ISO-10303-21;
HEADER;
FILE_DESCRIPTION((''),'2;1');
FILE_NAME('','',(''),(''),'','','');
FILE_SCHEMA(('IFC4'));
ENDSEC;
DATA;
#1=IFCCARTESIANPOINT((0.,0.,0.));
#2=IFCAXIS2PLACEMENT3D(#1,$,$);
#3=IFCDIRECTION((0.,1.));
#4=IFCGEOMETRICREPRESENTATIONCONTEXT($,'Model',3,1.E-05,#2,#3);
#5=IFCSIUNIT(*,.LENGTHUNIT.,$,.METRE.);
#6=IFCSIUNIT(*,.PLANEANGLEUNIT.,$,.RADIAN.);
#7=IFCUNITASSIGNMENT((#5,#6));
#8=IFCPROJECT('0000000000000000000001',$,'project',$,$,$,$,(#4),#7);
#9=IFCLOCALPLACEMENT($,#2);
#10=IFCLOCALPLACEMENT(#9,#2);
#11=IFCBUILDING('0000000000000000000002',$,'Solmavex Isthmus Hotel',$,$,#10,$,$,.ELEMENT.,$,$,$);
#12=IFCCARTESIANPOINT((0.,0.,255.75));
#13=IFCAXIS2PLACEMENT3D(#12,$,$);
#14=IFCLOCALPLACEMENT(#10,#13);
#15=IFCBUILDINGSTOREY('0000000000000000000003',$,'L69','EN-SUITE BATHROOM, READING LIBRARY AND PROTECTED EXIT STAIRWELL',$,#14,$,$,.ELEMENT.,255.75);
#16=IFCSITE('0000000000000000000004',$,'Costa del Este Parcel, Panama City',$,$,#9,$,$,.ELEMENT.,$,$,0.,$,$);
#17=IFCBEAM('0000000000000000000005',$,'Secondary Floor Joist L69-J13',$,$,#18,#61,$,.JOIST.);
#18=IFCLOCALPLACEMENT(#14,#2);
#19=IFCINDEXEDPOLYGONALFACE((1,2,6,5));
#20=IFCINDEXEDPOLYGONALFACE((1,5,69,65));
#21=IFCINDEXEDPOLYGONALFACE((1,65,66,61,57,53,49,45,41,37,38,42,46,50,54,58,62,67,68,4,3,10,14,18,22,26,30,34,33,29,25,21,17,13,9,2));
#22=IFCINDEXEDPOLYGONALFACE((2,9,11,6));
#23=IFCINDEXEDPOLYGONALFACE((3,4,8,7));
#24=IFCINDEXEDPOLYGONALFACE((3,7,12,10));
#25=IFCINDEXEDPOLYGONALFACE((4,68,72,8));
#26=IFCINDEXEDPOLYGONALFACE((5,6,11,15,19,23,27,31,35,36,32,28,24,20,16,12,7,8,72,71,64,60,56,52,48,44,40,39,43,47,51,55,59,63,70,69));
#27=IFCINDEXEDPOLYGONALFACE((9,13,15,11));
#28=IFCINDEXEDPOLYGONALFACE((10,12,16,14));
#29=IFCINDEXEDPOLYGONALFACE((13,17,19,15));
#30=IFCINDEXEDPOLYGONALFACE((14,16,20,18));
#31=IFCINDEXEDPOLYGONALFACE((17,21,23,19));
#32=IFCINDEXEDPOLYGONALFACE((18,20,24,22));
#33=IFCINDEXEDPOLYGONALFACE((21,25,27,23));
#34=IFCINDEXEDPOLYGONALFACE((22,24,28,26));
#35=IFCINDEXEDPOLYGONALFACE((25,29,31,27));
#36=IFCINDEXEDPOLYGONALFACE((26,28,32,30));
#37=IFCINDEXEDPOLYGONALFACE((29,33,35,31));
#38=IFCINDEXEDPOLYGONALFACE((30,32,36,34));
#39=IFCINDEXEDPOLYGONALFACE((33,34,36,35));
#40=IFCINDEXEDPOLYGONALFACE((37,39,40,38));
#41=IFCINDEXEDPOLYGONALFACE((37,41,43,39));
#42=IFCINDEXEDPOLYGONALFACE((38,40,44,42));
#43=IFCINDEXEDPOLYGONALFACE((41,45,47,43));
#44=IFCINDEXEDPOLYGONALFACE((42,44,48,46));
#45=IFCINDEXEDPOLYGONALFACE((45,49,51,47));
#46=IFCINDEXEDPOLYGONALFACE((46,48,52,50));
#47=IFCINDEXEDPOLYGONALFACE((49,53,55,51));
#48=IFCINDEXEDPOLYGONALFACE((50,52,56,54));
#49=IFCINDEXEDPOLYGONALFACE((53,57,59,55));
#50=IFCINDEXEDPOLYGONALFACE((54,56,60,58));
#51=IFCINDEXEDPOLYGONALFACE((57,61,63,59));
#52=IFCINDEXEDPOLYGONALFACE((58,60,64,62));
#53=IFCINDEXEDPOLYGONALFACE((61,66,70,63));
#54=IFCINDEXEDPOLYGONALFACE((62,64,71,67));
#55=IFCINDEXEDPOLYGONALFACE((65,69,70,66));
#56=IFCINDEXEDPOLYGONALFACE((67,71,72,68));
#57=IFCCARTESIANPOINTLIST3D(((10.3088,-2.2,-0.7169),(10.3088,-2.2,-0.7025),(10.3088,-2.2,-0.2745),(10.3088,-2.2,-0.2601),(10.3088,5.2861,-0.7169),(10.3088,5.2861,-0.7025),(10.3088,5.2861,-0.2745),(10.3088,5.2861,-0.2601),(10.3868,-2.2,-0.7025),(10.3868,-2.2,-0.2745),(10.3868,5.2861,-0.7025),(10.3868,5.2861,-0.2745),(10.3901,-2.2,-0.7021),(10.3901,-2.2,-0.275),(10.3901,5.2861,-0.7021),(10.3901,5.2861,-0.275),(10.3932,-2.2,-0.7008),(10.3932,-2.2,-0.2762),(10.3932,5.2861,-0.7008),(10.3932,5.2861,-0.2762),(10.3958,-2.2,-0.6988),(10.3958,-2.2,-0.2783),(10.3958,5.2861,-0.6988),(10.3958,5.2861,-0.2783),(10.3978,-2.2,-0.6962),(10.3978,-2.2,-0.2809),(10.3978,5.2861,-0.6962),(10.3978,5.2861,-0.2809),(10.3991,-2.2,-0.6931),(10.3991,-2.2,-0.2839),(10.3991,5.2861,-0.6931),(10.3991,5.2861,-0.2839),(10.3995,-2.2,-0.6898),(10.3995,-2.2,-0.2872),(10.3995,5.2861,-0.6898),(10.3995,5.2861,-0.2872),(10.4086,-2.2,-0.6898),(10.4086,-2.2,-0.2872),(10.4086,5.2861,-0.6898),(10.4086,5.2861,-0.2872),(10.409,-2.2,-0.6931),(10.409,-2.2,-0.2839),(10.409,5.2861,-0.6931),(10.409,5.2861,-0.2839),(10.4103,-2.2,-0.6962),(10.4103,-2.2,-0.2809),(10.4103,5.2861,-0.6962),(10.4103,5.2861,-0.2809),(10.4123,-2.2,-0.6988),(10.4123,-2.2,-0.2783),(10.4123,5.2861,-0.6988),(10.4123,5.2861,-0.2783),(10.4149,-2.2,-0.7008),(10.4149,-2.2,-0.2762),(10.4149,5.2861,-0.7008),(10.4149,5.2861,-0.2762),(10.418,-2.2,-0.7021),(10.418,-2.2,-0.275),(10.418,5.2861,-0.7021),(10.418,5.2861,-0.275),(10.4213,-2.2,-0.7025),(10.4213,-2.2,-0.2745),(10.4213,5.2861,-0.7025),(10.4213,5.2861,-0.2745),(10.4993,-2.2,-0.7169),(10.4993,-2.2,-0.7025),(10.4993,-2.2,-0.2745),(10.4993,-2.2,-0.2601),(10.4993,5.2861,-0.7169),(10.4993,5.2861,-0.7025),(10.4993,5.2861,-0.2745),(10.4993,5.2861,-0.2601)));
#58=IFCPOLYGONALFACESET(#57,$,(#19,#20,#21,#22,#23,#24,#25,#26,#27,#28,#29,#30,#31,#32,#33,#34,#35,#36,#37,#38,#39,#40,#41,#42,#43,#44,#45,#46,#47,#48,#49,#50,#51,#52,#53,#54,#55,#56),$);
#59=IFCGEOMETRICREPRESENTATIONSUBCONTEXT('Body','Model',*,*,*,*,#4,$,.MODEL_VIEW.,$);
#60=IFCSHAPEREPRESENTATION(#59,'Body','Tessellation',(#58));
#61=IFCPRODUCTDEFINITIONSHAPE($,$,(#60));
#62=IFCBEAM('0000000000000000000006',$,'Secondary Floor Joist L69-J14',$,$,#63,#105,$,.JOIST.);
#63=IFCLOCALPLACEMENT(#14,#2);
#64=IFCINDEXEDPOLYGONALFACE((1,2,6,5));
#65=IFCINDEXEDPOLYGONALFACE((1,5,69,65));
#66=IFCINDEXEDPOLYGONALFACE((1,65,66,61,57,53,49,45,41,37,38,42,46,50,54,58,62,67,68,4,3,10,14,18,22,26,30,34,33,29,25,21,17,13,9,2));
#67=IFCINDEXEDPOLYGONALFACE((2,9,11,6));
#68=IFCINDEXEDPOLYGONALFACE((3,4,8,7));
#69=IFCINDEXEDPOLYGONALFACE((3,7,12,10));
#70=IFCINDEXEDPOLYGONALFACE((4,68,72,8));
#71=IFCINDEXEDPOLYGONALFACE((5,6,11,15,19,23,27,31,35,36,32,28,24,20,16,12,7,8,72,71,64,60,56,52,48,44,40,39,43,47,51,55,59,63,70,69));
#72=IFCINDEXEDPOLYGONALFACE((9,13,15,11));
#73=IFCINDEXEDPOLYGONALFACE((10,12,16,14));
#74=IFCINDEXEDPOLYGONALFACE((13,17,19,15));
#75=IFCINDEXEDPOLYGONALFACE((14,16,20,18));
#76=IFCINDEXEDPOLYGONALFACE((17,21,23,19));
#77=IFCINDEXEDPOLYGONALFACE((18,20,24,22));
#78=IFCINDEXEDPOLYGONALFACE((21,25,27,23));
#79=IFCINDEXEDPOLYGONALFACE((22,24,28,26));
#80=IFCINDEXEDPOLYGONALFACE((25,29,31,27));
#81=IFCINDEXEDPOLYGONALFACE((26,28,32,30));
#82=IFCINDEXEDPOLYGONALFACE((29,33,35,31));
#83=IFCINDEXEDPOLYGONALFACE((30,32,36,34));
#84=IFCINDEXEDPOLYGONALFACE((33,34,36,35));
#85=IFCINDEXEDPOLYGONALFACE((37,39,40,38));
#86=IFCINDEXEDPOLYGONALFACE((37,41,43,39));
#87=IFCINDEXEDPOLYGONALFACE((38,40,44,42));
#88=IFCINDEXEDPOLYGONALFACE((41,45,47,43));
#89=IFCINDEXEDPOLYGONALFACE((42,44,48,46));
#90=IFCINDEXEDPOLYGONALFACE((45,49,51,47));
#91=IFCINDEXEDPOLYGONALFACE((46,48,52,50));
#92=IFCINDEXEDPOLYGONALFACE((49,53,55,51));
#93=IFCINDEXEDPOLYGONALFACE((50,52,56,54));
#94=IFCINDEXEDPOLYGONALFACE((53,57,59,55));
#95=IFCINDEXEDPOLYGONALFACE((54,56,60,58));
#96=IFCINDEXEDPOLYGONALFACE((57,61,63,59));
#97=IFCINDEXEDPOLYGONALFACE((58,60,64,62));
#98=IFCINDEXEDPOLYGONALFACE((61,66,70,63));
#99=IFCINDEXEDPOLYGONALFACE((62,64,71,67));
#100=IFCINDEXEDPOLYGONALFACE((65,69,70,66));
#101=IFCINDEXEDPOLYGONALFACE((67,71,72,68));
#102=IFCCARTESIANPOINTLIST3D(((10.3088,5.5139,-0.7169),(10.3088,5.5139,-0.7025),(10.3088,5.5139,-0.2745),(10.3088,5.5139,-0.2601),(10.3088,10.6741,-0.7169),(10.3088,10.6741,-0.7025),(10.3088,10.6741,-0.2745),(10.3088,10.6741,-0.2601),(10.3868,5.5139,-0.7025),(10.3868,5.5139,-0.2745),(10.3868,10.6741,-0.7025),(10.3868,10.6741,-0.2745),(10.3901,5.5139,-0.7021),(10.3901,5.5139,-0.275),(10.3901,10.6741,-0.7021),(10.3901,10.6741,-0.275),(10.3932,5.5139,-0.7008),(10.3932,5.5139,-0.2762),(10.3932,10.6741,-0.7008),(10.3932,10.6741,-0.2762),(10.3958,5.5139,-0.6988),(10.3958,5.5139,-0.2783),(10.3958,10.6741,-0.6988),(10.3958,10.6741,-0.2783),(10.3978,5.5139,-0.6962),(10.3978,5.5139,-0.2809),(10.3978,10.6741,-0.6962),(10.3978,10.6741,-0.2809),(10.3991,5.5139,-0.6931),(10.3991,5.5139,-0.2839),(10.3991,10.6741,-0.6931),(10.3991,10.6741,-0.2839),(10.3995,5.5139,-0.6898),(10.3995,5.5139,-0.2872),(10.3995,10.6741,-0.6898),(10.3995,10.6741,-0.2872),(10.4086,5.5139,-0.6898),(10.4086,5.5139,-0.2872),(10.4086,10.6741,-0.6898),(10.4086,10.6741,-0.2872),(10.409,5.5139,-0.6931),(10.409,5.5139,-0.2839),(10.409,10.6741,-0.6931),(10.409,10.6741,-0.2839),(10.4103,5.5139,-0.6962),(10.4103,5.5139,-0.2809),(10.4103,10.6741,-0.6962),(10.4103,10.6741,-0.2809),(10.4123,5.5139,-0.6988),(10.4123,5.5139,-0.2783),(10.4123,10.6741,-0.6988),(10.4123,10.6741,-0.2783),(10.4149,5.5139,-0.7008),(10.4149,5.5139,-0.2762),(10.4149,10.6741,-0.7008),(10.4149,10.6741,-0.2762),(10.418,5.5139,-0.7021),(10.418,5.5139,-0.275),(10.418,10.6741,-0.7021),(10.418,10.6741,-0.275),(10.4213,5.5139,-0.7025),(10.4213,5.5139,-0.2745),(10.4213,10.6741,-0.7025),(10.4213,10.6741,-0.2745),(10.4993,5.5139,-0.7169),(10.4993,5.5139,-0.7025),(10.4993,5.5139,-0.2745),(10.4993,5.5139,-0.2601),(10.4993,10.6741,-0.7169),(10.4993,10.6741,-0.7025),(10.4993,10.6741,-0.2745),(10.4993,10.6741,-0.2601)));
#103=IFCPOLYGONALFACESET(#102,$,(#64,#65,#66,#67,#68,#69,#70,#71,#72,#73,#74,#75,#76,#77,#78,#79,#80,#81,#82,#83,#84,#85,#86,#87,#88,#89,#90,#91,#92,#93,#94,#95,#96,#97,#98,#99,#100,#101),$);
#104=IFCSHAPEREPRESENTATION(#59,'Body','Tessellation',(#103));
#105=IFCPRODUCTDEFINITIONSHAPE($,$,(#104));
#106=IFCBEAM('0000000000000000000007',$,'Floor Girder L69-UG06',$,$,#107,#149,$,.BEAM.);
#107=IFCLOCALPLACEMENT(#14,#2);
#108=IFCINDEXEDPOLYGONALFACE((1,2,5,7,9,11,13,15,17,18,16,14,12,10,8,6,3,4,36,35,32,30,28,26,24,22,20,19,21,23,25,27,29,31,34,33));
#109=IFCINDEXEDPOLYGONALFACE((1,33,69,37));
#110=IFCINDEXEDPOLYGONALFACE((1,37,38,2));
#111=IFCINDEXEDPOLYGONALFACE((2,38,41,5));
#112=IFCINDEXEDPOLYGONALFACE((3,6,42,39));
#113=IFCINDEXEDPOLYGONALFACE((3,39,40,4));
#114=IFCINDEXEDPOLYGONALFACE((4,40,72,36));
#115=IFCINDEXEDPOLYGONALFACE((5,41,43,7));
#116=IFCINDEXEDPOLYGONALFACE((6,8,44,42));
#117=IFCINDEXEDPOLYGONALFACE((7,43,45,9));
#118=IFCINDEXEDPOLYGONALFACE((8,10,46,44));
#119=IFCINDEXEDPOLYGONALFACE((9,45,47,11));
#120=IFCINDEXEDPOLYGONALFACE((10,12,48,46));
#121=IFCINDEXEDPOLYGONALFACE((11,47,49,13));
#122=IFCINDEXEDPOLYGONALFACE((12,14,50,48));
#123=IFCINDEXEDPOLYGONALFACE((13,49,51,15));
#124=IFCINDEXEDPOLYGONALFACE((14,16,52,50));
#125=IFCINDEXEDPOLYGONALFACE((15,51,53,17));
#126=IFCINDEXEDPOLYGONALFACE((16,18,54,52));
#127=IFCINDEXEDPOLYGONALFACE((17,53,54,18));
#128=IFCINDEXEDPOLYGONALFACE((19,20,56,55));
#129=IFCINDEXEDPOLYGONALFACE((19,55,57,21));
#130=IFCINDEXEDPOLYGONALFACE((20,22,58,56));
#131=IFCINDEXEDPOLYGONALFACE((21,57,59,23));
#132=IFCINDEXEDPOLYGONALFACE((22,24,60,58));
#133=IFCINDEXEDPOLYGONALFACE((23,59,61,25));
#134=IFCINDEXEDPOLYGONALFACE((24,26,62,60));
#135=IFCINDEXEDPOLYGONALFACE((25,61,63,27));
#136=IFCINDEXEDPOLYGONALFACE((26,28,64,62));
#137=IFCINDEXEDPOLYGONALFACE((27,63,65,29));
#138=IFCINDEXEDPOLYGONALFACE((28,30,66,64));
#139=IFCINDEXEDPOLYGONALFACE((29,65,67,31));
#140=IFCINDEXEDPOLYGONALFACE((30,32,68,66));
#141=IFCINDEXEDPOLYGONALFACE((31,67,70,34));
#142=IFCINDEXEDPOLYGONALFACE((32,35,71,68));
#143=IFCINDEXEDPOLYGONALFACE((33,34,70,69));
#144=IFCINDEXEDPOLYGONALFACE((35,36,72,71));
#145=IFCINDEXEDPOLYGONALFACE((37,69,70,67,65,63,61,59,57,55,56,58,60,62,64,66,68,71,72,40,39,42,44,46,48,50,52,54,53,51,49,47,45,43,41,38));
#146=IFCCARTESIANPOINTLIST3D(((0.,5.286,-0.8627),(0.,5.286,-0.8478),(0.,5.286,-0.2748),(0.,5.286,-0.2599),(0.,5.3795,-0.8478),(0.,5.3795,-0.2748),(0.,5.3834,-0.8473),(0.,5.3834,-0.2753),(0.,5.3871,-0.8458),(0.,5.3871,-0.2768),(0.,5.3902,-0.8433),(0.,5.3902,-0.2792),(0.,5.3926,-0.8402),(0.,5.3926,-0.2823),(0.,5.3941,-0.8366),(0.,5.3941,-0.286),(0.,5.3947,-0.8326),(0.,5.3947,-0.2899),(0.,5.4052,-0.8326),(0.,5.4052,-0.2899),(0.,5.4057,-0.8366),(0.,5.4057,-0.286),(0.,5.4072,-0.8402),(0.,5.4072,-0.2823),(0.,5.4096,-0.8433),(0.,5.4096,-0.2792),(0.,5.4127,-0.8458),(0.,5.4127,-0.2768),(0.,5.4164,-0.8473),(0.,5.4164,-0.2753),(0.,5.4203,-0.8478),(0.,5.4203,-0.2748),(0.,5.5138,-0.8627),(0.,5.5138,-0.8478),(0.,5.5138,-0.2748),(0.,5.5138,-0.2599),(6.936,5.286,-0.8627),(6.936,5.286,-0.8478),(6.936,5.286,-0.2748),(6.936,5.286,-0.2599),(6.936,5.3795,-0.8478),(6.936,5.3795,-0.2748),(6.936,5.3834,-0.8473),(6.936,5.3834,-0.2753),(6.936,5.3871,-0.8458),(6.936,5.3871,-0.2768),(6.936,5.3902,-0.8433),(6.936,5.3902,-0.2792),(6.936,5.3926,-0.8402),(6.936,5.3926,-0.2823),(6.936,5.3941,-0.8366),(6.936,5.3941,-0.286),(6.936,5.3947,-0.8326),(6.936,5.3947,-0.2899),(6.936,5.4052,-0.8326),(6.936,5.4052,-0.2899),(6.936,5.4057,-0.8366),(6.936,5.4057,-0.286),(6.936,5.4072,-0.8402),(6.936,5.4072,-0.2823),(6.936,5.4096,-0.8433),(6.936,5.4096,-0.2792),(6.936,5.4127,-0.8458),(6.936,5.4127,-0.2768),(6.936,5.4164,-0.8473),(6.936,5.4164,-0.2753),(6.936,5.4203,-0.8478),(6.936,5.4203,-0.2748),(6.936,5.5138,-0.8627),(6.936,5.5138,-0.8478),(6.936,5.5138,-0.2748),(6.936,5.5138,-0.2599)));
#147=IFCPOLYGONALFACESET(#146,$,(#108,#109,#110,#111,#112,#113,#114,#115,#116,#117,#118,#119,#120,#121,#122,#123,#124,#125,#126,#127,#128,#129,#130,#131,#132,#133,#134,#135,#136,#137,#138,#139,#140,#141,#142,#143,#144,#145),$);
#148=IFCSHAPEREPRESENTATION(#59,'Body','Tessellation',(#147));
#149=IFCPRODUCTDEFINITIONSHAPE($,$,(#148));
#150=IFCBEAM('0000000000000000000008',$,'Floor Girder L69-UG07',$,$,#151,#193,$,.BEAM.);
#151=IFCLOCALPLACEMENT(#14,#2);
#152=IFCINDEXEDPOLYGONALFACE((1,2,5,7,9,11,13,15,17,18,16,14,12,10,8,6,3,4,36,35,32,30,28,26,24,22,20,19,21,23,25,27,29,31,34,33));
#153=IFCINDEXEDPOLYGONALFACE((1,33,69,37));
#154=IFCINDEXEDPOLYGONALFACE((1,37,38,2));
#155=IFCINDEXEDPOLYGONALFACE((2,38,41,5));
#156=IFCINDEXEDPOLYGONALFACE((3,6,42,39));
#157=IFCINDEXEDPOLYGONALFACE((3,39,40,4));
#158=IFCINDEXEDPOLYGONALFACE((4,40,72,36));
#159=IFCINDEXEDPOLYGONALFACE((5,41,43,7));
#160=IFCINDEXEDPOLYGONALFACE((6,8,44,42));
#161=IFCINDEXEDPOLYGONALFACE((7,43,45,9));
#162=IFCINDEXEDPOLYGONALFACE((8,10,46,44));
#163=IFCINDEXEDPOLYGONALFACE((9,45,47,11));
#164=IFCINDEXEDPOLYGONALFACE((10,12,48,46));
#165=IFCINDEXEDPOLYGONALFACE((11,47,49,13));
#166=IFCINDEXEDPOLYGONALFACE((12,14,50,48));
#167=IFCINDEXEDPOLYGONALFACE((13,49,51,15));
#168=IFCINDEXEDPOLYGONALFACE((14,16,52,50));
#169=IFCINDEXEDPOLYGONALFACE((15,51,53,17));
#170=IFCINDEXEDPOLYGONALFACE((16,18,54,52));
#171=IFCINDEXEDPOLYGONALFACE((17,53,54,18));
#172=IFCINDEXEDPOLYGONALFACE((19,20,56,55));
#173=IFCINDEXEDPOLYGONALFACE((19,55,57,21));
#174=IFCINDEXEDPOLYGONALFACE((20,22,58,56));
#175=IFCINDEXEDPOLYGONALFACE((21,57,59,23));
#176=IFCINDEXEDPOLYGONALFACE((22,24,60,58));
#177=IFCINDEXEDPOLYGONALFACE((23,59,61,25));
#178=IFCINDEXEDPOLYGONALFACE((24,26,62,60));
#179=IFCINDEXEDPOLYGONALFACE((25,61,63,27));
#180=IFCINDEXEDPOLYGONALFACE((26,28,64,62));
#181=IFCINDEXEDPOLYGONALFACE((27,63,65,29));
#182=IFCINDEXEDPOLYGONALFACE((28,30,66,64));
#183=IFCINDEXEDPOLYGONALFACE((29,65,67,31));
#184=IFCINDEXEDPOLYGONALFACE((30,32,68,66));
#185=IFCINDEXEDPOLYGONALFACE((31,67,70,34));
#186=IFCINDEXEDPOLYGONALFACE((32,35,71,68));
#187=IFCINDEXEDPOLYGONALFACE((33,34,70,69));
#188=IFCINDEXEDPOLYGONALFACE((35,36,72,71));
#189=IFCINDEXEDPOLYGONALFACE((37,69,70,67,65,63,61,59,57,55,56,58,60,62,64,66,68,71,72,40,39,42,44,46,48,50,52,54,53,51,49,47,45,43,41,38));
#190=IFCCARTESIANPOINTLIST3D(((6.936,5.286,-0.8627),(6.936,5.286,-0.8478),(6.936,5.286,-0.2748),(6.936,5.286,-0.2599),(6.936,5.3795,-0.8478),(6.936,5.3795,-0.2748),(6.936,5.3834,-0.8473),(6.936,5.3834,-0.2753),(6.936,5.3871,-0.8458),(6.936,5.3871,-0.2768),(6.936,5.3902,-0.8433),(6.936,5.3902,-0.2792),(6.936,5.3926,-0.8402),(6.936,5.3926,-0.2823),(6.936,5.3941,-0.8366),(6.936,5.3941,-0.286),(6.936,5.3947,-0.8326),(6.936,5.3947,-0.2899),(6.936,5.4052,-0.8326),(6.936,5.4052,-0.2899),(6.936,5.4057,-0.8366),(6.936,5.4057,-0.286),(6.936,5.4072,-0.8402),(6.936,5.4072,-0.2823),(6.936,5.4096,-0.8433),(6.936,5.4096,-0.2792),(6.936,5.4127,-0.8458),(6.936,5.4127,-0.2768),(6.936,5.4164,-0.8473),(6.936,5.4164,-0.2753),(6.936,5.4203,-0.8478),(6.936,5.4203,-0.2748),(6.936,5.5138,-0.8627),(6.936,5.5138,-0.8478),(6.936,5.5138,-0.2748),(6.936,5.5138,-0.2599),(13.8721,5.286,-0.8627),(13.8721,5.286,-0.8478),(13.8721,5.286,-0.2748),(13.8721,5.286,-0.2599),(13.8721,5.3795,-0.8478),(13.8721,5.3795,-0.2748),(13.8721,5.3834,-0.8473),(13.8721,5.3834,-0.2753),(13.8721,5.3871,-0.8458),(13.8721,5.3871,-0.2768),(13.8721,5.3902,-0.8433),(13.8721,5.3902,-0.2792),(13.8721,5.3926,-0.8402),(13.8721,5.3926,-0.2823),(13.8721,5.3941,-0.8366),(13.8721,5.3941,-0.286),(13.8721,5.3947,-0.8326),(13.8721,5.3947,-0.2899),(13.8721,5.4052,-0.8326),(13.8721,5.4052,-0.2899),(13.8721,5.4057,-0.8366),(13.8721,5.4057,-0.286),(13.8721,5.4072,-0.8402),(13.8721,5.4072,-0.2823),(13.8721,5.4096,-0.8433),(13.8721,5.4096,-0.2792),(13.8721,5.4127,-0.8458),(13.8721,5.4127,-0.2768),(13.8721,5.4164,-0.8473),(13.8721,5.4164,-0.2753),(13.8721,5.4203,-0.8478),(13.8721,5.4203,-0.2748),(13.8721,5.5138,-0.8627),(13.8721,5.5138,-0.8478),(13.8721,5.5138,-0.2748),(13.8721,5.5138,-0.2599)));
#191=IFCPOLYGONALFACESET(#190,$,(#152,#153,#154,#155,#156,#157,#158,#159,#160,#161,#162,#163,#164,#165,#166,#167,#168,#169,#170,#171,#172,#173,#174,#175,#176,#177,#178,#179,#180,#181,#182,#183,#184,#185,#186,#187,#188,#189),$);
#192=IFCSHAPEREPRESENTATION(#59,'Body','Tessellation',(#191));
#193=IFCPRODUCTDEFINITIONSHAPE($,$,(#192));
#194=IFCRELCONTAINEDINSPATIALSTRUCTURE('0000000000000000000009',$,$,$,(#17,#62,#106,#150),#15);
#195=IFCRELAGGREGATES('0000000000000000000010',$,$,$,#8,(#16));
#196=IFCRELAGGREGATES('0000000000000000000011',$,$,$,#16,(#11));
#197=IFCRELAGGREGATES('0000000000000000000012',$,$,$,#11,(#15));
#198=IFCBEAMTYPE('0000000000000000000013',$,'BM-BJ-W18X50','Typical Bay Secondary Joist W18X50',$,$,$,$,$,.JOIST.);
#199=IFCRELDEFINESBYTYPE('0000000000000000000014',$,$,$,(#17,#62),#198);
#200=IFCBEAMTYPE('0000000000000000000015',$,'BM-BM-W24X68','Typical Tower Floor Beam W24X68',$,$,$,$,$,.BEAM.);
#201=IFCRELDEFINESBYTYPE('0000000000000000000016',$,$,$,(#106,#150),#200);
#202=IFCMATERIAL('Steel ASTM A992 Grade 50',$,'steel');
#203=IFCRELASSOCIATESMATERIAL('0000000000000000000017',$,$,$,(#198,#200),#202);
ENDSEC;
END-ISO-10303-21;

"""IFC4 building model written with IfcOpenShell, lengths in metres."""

from ifc_helpers import new_model, si_unit, direction, frame, origin, origin_2d, place, context, subcontext, project, spatial, i_section, extrude, material, material_profile, profile_set, type_object, element, save


model = new_model("IFC4")

# Units and contexts
model_context = context("Model", 3, precision=1e-05, world=origin(), true_north=direction((0.0, 1.0)))
body_context = subcontext(model_context, "Body", "Model", "MODEL_VIEW")
ifc_project = project(units=[si_unit("LENGTHUNIT", "METRE"), si_unit("PLANEANGLEUNIT", "RADIAN")], contexts=[model_context])

# Site, building, storey
site_placement = place(None, origin())
site = spatial("IfcSite", under=ifc_project, at=site_placement, Name="Costa del Este Parcel, Panama City", CompositionType="ELEMENT", RefElevation=0.0)
building_placement = place(site_placement, origin())
building = spatial("IfcBuilding", under=site, at=building_placement, Name="Solmavex Isthmus Hotel", CompositionType="ELEMENT")
storey_placement = place(building_placement, frame((0.0, 0.0, 255.75)))
storey = spatial("IfcBuildingStorey", under=building, at=storey_placement, Name="L69", Description="EN-SUITE BATHROOM, READING LIBRARY AND PROTECTED EXIT STAIRWELL", CompositionType="ELEMENT", Elevation=255.75)

# Beams
ifc_material_1 = material(Name="Steel ASTM A992 Grade 50", Category="steel")
ifc_material_profile_1 = material_profile(ifc_material_1, i_section(OverallWidth=0.1904, OverallDepth=0.4568, WebThickness=0.009, FlangeThickness=0.0144, FilletRadius=0.0127, at=origin_2d()), Name="W18X50")
ifc_profile_set_1 = profile_set([ifc_material_profile_1], Name="Steel ASTM A992 Grade 50")
beam_type_1 = type_object("IfcBeamType", Name="BM-BJ-W18X50", Description="Typical Bay Secondary Joist W18X50", PredefinedType="JOIST", material=ifc_profile_set_1)
beam_1_placement = place(storey_placement, frame((10.4041, -2.2, -0.4885), z_axis=(0.0, 1.0, 0.0), x_axis=(-1.0, 0.0, 0.0)))
element("IfcBeam", 1, at=beam_1_placement, inside=storey, type_object=beam_type_1, Name="Secondary Floor Joist L69-J13", PredefinedType="JOIST", context=body_context, shape_type="SweptSolid", body=[
    extrude(i_section(OverallWidth=0.1904, OverallDepth=0.4568, WebThickness=0.009, FlangeThickness=0.0144, FilletRadius=0.0127, at=origin_2d()), origin(), (0.0, 0.0, 1.0), 7.4861),
])
beam_2_placement = place(storey_placement, frame((10.4041, 5.5139, -0.4885), z_axis=(0.0, 1.0, 0.0), x_axis=(-1.0, 0.0, 0.0)))
element("IfcBeam", 2, at=beam_2_placement, inside=storey, type_object=beam_type_1, Name="Secondary Floor Joist L69-J14", PredefinedType="JOIST", context=body_context, shape_type="SweptSolid", body=[
    extrude(i_section(OverallWidth=0.1904, OverallDepth=0.4568, WebThickness=0.009, FlangeThickness=0.0144, FilletRadius=0.0127, at=origin_2d()), origin(), (0.0, 0.0, 1.0), 5.1602),
])
ifc_material_profile_2 = material_profile(ifc_material_1, i_section(OverallWidth=0.2278, OverallDepth=0.6028, WebThickness=0.0105, FlangeThickness=0.0149, FilletRadius=0.0151, at=origin_2d()), Name="W24X68")
ifc_profile_set_2 = profile_set([ifc_material_profile_2], Name="Steel ASTM A992 Grade 50")
beam_type_2 = type_object("IfcBeamType", Name="BM-BM-W24X68", Description="Typical Tower Floor Beam W24X68", PredefinedType="BEAM", material=ifc_profile_set_2)
for number, where, z_axis, x_axis, name in (
    (3, (0.0, 5.3999, -0.5613), (1.0, 0.0, 0.0), (0.0, 1.0, 0.0), "Floor Girder L69-UG06"),
    (4, (6.936, 5.3999, -0.5613), (1.0, 0.0, 0.0), (0.0, 1.0, 0.0), "Floor Girder L69-UG07"),
):
    element("IfcBeam", number, at=place(storey_placement, frame(where, z_axis=z_axis, x_axis=x_axis)), inside=storey, type_object=beam_type_2, Name=name, PredefinedType="BEAM", context=body_context, shape_type="SweptSolid", body=[
        extrude(i_section(OverallWidth=0.2278, OverallDepth=0.6028, WebThickness=0.0105, FlangeThickness=0.0149, FilletRadius=0.0151, at=origin_2d()), origin(), (0.0, 0.0, 1.0), 6.936),
    ])

save(model, "model.ifc")
